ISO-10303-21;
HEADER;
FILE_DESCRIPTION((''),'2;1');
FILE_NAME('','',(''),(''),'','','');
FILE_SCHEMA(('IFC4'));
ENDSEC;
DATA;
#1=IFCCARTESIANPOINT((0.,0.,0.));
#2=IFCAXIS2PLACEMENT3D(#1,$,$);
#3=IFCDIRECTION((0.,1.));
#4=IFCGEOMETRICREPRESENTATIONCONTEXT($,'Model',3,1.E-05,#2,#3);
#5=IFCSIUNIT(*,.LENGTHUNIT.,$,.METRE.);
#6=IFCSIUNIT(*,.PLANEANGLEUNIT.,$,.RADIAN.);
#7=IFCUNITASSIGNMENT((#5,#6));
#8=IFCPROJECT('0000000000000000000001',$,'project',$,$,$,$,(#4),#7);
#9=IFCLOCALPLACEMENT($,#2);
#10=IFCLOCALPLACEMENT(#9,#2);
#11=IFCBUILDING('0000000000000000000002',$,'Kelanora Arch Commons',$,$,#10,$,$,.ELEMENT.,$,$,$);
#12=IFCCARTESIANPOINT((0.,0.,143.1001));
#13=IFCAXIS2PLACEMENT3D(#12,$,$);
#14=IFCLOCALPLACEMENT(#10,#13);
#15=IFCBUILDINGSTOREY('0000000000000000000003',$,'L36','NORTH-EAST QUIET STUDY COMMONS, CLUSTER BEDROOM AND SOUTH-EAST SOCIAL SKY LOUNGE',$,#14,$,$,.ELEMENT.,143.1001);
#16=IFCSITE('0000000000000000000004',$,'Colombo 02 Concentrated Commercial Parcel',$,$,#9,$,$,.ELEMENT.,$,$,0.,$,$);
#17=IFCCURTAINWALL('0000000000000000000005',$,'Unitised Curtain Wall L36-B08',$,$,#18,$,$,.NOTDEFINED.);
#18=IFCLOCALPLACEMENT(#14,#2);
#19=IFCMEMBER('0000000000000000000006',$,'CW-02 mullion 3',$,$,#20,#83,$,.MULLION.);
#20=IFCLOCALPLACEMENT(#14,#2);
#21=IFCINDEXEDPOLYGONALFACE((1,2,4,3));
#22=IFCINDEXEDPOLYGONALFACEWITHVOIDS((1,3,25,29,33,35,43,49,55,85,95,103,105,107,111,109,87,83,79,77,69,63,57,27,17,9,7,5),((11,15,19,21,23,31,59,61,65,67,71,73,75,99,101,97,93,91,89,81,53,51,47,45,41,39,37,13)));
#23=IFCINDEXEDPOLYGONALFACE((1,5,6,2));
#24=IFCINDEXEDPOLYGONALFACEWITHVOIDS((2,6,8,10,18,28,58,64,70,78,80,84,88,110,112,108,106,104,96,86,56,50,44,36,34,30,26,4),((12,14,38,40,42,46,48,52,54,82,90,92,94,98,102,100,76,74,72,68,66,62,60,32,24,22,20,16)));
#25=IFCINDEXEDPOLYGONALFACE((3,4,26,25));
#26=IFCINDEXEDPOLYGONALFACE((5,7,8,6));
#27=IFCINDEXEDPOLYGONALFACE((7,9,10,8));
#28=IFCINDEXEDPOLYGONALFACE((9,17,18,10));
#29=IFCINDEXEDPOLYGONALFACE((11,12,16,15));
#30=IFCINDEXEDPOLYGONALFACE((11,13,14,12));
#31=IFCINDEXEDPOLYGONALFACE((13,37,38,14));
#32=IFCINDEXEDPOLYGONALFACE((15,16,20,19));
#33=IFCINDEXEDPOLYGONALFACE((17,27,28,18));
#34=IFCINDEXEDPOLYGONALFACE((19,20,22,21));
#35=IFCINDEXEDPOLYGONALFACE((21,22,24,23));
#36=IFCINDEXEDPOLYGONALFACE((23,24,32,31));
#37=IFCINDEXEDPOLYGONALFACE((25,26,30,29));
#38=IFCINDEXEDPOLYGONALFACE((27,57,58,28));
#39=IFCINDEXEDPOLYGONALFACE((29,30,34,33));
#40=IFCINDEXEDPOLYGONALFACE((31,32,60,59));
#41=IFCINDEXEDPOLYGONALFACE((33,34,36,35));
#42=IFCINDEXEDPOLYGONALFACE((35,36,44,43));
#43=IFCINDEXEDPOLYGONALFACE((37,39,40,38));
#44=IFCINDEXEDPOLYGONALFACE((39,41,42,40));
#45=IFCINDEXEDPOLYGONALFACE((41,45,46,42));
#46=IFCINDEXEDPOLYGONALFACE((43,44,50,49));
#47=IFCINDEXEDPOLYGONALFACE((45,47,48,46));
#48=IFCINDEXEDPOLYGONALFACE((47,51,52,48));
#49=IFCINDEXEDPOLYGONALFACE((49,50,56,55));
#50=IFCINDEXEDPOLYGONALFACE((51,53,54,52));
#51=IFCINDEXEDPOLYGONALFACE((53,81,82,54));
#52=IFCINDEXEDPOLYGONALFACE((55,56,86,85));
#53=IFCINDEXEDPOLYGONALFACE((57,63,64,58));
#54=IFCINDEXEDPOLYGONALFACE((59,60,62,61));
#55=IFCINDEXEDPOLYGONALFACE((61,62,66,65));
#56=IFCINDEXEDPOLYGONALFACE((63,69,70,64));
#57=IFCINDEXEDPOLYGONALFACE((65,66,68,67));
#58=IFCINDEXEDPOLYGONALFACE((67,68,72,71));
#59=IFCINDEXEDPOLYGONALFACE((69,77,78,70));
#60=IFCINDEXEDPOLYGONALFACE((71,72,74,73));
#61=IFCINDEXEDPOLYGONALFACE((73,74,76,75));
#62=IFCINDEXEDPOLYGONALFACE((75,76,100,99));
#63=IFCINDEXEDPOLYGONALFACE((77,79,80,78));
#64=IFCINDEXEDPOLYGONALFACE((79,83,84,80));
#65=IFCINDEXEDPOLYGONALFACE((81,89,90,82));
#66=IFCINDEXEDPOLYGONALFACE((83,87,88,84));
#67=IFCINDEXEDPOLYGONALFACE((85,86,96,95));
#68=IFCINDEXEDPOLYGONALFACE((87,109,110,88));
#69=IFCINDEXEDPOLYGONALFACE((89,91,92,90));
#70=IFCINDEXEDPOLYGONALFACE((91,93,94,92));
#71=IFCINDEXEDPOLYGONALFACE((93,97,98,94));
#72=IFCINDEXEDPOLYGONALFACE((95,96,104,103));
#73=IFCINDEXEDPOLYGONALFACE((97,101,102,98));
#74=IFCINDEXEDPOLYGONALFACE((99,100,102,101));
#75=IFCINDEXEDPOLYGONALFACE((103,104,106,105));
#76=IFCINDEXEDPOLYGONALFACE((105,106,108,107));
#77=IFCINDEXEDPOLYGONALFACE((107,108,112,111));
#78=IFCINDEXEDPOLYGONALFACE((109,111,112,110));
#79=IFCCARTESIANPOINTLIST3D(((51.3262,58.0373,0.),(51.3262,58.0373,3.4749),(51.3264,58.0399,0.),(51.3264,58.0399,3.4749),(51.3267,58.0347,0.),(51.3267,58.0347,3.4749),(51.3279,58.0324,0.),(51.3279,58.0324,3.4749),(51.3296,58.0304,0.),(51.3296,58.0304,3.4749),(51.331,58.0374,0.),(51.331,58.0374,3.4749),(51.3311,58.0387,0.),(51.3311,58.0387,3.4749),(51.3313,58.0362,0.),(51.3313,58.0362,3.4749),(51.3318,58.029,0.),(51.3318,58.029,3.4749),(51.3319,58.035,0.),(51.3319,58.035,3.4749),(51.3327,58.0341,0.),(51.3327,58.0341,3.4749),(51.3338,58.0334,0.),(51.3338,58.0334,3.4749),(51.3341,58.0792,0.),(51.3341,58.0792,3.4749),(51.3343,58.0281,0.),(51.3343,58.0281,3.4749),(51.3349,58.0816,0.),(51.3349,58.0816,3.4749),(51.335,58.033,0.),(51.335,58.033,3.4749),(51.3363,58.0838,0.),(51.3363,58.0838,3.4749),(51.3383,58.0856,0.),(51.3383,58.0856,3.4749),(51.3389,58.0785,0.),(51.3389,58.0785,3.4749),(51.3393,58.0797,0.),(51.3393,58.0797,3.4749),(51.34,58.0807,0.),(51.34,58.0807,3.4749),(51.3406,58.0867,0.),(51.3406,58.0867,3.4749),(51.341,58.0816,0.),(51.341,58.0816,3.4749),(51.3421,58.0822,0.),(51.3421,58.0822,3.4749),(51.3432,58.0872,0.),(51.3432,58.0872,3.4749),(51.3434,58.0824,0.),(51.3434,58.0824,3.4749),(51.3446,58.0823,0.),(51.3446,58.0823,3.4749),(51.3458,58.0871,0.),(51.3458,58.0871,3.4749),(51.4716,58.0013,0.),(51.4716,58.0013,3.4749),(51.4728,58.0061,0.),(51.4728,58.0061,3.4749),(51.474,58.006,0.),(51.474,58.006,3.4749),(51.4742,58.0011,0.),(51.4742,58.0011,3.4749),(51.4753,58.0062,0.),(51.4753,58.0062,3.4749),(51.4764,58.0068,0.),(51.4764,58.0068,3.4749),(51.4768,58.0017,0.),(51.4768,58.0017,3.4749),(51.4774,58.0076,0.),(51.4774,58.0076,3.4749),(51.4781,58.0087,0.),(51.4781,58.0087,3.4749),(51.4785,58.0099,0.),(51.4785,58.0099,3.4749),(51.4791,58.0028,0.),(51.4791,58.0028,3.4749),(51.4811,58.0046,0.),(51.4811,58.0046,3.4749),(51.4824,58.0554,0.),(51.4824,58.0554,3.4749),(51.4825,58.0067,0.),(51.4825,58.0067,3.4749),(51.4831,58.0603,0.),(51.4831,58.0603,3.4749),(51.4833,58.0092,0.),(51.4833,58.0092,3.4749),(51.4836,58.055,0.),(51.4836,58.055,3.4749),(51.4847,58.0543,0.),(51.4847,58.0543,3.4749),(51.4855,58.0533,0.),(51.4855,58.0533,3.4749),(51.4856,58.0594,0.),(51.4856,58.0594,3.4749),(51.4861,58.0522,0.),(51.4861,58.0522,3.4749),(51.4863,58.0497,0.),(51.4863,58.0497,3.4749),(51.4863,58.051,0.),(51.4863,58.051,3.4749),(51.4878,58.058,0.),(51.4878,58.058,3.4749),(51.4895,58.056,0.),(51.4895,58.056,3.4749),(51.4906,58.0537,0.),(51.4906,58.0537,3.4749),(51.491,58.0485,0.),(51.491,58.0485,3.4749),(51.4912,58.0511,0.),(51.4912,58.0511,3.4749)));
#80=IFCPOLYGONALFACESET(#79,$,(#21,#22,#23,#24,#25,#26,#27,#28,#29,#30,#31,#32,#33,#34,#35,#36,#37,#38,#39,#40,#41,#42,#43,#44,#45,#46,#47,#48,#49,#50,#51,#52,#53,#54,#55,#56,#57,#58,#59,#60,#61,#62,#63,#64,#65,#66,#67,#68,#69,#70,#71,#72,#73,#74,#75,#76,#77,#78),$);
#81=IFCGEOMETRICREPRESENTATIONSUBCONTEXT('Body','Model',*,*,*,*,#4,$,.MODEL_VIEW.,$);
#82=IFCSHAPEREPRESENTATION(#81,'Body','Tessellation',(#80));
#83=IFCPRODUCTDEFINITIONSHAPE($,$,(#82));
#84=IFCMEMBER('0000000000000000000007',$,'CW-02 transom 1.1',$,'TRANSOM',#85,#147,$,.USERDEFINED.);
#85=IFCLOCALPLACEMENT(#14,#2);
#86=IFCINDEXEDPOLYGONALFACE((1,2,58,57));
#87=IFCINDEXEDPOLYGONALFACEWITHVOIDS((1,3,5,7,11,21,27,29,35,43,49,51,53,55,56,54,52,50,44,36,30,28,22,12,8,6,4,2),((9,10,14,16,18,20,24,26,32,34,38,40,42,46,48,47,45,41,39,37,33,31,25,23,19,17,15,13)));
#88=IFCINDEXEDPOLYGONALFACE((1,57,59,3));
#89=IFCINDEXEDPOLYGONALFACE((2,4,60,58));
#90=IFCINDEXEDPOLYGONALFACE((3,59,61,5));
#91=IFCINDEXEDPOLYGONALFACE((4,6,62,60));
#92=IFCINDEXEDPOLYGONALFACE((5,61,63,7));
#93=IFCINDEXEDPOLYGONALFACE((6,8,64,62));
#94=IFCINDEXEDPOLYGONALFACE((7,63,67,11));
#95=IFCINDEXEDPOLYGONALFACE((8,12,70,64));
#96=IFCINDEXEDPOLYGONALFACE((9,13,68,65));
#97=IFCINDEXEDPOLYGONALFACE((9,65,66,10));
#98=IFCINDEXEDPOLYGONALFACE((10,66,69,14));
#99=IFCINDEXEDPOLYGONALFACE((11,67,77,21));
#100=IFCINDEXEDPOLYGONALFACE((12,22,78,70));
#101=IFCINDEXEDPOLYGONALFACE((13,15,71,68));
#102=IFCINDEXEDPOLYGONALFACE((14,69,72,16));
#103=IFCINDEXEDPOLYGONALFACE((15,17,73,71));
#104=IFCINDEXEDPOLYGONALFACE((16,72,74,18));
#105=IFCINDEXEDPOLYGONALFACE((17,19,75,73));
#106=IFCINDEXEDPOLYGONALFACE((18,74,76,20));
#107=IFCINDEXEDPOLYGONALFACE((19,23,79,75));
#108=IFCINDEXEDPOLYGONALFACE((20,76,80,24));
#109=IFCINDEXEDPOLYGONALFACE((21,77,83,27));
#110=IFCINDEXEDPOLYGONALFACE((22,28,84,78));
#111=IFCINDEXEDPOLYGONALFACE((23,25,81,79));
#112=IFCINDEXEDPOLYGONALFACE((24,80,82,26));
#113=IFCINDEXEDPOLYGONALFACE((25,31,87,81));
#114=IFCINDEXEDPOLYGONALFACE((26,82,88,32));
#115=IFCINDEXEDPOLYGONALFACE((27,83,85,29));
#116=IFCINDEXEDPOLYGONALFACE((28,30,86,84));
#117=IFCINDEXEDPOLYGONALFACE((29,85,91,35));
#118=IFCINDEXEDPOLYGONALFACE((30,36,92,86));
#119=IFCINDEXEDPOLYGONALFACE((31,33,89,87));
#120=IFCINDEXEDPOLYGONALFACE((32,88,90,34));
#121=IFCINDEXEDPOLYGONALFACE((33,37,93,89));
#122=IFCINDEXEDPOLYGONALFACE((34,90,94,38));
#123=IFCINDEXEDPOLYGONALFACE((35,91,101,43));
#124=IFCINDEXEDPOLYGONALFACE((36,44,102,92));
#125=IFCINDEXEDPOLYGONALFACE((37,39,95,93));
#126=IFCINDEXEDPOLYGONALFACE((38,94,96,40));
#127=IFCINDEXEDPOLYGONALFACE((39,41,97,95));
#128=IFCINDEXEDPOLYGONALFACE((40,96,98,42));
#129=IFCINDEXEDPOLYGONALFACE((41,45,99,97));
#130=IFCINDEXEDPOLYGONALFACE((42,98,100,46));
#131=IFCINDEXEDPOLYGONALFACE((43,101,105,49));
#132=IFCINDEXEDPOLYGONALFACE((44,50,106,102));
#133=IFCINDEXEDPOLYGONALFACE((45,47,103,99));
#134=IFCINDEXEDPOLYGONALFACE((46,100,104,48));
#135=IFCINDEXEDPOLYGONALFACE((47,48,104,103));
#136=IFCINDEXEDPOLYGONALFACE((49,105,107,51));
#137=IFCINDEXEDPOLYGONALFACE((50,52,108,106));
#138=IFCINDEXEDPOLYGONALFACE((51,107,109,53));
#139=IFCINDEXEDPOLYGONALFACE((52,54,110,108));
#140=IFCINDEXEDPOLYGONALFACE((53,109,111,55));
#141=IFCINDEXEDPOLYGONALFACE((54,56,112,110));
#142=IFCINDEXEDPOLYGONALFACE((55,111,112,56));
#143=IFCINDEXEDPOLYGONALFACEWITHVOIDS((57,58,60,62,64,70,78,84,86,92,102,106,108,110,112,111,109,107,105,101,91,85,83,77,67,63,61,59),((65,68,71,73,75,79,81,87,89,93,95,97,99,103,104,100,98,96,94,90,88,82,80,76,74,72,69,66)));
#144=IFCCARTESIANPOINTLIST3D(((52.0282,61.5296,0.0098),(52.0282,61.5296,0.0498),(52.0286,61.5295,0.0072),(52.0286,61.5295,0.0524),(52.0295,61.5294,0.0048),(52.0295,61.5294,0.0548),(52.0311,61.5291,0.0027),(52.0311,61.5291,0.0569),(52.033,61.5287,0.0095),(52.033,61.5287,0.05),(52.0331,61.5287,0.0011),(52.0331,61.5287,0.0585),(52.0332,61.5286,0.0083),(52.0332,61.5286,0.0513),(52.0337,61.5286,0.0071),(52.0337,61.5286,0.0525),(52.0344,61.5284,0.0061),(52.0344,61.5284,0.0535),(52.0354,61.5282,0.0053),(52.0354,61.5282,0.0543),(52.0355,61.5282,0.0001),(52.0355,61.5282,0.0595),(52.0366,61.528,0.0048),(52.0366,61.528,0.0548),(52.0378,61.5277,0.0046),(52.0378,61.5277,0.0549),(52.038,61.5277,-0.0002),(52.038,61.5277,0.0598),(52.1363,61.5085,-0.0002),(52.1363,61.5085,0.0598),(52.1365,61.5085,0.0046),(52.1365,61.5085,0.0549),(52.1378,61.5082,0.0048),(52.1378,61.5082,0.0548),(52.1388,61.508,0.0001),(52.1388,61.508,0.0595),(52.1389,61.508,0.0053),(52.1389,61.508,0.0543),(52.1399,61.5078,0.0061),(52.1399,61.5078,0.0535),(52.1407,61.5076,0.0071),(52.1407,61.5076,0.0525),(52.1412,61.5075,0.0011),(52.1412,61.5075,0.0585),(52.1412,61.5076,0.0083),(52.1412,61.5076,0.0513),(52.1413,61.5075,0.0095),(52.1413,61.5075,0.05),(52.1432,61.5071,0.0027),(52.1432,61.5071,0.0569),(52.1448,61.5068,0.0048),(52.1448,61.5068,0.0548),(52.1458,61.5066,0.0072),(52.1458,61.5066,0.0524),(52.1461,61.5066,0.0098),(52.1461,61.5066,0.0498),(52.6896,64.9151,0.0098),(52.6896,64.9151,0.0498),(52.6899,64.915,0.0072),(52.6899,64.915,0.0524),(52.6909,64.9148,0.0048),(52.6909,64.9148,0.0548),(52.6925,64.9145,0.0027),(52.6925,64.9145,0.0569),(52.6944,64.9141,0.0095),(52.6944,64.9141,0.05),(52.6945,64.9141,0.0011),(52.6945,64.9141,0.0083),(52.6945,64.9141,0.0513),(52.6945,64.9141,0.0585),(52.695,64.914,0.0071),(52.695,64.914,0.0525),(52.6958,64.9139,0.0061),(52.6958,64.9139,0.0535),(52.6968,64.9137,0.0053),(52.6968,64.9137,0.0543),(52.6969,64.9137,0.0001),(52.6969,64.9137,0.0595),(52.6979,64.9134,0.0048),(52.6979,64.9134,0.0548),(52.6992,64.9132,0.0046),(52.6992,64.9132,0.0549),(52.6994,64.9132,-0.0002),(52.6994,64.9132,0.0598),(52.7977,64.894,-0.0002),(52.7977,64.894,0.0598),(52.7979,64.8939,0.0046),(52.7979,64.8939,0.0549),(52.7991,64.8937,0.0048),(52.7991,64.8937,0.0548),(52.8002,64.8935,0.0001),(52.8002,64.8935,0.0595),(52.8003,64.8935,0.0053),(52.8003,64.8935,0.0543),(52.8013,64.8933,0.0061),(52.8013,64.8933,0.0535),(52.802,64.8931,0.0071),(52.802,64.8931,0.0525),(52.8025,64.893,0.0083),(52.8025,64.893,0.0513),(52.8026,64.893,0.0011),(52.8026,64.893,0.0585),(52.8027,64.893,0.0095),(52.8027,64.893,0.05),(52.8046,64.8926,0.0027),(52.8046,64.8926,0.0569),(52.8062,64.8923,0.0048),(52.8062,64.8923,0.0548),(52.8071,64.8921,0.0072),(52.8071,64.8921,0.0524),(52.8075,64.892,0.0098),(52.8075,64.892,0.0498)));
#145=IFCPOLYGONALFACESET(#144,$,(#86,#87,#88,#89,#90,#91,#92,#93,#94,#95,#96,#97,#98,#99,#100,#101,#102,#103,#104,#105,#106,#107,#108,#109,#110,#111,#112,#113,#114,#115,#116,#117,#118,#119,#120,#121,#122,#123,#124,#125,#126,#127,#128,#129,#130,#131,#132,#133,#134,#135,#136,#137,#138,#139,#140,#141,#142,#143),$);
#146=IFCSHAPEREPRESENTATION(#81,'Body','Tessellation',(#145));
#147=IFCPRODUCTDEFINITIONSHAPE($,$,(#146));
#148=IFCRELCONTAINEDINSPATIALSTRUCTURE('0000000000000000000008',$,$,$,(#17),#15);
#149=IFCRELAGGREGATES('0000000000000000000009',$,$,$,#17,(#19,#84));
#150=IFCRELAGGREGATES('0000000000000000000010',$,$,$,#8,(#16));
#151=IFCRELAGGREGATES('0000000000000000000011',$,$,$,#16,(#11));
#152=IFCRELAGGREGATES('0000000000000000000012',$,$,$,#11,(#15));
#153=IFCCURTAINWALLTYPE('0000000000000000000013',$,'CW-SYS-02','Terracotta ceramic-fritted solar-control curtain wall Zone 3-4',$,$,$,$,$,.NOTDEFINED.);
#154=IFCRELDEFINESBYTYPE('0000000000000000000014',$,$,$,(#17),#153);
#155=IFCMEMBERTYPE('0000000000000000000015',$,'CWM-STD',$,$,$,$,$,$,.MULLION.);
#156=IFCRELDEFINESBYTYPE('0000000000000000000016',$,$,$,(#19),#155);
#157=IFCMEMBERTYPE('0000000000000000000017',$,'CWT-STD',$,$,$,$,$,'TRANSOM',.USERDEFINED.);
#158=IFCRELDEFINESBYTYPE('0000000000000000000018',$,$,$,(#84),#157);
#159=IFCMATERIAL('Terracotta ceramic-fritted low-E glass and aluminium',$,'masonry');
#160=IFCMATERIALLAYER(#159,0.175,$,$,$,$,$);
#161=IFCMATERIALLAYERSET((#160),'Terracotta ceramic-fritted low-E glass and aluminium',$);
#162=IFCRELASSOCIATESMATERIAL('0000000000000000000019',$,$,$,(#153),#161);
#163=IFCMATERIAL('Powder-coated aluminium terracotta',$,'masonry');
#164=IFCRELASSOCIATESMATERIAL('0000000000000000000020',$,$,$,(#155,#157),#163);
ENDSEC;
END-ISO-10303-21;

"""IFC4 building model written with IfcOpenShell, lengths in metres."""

from ifc_helpers import new_model, si_unit, direction, frame, origin, origin_2d, place, context, subcontext, project, spatial, hollow_rectangle, extrude, material, layer, layer_set, material_profile, profile_set, type_object, element, aggregate, save


model = new_model("IFC4")

# Units and contexts
model_context = context("Model", 3, precision=1e-05, world=origin(), true_north=direction((0.0, 1.0)))
body_context = subcontext(model_context, "Body", "Model", "MODEL_VIEW")
ifc_project = project(units=[si_unit("LENGTHUNIT", "METRE"), si_unit("PLANEANGLEUNIT", "RADIAN")], contexts=[model_context])

# Site, building, storey
site_placement = place(None, origin())
site = spatial("IfcSite", under=ifc_project, at=site_placement, Name="Colombo 02 Concentrated Commercial Parcel", CompositionType="ELEMENT", RefElevation=0.0)
building_placement = place(site_placement, origin())
building = spatial("IfcBuilding", under=site, at=building_placement, Name="Kelanora Arch Commons", CompositionType="ELEMENT")
storey_placement = place(building_placement, frame((0.0, 0.0, 143.1001)))
storey = spatial("IfcBuildingStorey", under=building, at=storey_placement, Name="L36", Description="NORTH-EAST QUIET STUDY COMMONS, CLUSTER BEDROOM AND SOUTH-EAST SOCIAL SKY LOUNGE", CompositionType="ELEMENT", Elevation=143.1001)

# Curtain wall, members
ifc_material_1 = material(Name="Terracotta ceramic-fritted low-E glass and aluminium", Category="masonry")
ifc_layer_1 = layer(ifc_material_1, 0.175)
ifc_layer_set_1 = layer_set([ifc_layer_1], Name="Terracotta ceramic-fritted low-E glass and aluminium")
curtain_wall_type = type_object("IfcCurtainWallType", Name="CW-SYS-02", Description="Terracotta ceramic-fritted solar-control curtain wall Zone 3-4", PredefinedType="NOTDEFINED", material=ifc_layer_set_1)
curtain_wall_placement = place(storey_placement, origin())
curtain_wall = element("IfcCurtainWall", 1, at=curtain_wall_placement, inside=storey, type_object=curtain_wall_type, Name="Unitised Curtain Wall L36-B08", PredefinedType="NOTDEFINED")
ifc_material_2 = material(Name="Powder-coated aluminium terracotta", Category="masonry")
ifc_material_profile_1 = material_profile(ifc_material_2, hollow_rectangle(XDim=0.1599, YDim=0.0601, WallThickness=0.0049, InnerFilletRadius=0.0049, OuterFilletRadius=0.01, at=origin_2d()), Name="CWM160x60")
ifc_profile_set_1 = profile_set([ifc_material_profile_1], Name="Powder-coated aluminium terracotta")
member_type_1 = type_object("IfcMemberType", Name="CWM-STD", PredefinedType="MULLION", material=ifc_profile_set_1)
member_1_placement = place(storey_placement, frame((51.4087, 58.0442, 0.0), z_axis=(0.0, 0.0, 1.0), x_axis=(0.981453, -0.191705, 0.0)))
member_1 = element("IfcMember", 2, at=member_1_placement, type_object=member_type_1, Name="CW-02 mullion 3", PredefinedType="MULLION", context=body_context, shape_type="SweptSolid", body=[
    extrude(hollow_rectangle(XDim=0.1599, YDim=0.0601, WallThickness=0.0049, InnerFilletRadius=0.0049, OuterFilletRadius=0.01, at=origin_2d()), origin(), (0.0, 0.0, 1.0), 3.4749),
])
ifc_material_profile_2 = material_profile(ifc_material_2, hollow_rectangle(XDim=0.1201, YDim=0.0601, WallThickness=0.0049, InnerFilletRadius=0.0049, OuterFilletRadius=0.01, at=origin_2d()), Name="CWT120x60")
ifc_profile_set_2 = profile_set([ifc_material_profile_2], Name="Powder-coated aluminium terracotta")
member_type_2 = type_object("IfcMemberType", Name="CWT-STD", ElementType="TRANSOM", PredefinedType="USERDEFINED", material=ifc_profile_set_2)
member_2_placement = place(storey_placement, frame((52.7485, 64.9036, 0.0298), z_axis=(-0.191732, -0.981447, 0.0), x_axis=(0.981447, -0.191732, 0.0)))
member_2 = element("IfcMember", 3, at=member_2_placement, type_object=member_type_2, Name="CW-02 transom 1.1", ObjectType="TRANSOM", PredefinedType="USERDEFINED", context=body_context, shape_type="SweptSolid", body=[
    extrude(hollow_rectangle(XDim=0.1201, YDim=0.0601, WallThickness=0.0049, InnerFilletRadius=0.0049, OuterFilletRadius=0.01, at=origin_2d()), origin(), (0.0, 0.0, 1.0), 3.4495),
])
aggregate(curtain_wall, [member_1, member_2])

save(model, "model.ifc")
